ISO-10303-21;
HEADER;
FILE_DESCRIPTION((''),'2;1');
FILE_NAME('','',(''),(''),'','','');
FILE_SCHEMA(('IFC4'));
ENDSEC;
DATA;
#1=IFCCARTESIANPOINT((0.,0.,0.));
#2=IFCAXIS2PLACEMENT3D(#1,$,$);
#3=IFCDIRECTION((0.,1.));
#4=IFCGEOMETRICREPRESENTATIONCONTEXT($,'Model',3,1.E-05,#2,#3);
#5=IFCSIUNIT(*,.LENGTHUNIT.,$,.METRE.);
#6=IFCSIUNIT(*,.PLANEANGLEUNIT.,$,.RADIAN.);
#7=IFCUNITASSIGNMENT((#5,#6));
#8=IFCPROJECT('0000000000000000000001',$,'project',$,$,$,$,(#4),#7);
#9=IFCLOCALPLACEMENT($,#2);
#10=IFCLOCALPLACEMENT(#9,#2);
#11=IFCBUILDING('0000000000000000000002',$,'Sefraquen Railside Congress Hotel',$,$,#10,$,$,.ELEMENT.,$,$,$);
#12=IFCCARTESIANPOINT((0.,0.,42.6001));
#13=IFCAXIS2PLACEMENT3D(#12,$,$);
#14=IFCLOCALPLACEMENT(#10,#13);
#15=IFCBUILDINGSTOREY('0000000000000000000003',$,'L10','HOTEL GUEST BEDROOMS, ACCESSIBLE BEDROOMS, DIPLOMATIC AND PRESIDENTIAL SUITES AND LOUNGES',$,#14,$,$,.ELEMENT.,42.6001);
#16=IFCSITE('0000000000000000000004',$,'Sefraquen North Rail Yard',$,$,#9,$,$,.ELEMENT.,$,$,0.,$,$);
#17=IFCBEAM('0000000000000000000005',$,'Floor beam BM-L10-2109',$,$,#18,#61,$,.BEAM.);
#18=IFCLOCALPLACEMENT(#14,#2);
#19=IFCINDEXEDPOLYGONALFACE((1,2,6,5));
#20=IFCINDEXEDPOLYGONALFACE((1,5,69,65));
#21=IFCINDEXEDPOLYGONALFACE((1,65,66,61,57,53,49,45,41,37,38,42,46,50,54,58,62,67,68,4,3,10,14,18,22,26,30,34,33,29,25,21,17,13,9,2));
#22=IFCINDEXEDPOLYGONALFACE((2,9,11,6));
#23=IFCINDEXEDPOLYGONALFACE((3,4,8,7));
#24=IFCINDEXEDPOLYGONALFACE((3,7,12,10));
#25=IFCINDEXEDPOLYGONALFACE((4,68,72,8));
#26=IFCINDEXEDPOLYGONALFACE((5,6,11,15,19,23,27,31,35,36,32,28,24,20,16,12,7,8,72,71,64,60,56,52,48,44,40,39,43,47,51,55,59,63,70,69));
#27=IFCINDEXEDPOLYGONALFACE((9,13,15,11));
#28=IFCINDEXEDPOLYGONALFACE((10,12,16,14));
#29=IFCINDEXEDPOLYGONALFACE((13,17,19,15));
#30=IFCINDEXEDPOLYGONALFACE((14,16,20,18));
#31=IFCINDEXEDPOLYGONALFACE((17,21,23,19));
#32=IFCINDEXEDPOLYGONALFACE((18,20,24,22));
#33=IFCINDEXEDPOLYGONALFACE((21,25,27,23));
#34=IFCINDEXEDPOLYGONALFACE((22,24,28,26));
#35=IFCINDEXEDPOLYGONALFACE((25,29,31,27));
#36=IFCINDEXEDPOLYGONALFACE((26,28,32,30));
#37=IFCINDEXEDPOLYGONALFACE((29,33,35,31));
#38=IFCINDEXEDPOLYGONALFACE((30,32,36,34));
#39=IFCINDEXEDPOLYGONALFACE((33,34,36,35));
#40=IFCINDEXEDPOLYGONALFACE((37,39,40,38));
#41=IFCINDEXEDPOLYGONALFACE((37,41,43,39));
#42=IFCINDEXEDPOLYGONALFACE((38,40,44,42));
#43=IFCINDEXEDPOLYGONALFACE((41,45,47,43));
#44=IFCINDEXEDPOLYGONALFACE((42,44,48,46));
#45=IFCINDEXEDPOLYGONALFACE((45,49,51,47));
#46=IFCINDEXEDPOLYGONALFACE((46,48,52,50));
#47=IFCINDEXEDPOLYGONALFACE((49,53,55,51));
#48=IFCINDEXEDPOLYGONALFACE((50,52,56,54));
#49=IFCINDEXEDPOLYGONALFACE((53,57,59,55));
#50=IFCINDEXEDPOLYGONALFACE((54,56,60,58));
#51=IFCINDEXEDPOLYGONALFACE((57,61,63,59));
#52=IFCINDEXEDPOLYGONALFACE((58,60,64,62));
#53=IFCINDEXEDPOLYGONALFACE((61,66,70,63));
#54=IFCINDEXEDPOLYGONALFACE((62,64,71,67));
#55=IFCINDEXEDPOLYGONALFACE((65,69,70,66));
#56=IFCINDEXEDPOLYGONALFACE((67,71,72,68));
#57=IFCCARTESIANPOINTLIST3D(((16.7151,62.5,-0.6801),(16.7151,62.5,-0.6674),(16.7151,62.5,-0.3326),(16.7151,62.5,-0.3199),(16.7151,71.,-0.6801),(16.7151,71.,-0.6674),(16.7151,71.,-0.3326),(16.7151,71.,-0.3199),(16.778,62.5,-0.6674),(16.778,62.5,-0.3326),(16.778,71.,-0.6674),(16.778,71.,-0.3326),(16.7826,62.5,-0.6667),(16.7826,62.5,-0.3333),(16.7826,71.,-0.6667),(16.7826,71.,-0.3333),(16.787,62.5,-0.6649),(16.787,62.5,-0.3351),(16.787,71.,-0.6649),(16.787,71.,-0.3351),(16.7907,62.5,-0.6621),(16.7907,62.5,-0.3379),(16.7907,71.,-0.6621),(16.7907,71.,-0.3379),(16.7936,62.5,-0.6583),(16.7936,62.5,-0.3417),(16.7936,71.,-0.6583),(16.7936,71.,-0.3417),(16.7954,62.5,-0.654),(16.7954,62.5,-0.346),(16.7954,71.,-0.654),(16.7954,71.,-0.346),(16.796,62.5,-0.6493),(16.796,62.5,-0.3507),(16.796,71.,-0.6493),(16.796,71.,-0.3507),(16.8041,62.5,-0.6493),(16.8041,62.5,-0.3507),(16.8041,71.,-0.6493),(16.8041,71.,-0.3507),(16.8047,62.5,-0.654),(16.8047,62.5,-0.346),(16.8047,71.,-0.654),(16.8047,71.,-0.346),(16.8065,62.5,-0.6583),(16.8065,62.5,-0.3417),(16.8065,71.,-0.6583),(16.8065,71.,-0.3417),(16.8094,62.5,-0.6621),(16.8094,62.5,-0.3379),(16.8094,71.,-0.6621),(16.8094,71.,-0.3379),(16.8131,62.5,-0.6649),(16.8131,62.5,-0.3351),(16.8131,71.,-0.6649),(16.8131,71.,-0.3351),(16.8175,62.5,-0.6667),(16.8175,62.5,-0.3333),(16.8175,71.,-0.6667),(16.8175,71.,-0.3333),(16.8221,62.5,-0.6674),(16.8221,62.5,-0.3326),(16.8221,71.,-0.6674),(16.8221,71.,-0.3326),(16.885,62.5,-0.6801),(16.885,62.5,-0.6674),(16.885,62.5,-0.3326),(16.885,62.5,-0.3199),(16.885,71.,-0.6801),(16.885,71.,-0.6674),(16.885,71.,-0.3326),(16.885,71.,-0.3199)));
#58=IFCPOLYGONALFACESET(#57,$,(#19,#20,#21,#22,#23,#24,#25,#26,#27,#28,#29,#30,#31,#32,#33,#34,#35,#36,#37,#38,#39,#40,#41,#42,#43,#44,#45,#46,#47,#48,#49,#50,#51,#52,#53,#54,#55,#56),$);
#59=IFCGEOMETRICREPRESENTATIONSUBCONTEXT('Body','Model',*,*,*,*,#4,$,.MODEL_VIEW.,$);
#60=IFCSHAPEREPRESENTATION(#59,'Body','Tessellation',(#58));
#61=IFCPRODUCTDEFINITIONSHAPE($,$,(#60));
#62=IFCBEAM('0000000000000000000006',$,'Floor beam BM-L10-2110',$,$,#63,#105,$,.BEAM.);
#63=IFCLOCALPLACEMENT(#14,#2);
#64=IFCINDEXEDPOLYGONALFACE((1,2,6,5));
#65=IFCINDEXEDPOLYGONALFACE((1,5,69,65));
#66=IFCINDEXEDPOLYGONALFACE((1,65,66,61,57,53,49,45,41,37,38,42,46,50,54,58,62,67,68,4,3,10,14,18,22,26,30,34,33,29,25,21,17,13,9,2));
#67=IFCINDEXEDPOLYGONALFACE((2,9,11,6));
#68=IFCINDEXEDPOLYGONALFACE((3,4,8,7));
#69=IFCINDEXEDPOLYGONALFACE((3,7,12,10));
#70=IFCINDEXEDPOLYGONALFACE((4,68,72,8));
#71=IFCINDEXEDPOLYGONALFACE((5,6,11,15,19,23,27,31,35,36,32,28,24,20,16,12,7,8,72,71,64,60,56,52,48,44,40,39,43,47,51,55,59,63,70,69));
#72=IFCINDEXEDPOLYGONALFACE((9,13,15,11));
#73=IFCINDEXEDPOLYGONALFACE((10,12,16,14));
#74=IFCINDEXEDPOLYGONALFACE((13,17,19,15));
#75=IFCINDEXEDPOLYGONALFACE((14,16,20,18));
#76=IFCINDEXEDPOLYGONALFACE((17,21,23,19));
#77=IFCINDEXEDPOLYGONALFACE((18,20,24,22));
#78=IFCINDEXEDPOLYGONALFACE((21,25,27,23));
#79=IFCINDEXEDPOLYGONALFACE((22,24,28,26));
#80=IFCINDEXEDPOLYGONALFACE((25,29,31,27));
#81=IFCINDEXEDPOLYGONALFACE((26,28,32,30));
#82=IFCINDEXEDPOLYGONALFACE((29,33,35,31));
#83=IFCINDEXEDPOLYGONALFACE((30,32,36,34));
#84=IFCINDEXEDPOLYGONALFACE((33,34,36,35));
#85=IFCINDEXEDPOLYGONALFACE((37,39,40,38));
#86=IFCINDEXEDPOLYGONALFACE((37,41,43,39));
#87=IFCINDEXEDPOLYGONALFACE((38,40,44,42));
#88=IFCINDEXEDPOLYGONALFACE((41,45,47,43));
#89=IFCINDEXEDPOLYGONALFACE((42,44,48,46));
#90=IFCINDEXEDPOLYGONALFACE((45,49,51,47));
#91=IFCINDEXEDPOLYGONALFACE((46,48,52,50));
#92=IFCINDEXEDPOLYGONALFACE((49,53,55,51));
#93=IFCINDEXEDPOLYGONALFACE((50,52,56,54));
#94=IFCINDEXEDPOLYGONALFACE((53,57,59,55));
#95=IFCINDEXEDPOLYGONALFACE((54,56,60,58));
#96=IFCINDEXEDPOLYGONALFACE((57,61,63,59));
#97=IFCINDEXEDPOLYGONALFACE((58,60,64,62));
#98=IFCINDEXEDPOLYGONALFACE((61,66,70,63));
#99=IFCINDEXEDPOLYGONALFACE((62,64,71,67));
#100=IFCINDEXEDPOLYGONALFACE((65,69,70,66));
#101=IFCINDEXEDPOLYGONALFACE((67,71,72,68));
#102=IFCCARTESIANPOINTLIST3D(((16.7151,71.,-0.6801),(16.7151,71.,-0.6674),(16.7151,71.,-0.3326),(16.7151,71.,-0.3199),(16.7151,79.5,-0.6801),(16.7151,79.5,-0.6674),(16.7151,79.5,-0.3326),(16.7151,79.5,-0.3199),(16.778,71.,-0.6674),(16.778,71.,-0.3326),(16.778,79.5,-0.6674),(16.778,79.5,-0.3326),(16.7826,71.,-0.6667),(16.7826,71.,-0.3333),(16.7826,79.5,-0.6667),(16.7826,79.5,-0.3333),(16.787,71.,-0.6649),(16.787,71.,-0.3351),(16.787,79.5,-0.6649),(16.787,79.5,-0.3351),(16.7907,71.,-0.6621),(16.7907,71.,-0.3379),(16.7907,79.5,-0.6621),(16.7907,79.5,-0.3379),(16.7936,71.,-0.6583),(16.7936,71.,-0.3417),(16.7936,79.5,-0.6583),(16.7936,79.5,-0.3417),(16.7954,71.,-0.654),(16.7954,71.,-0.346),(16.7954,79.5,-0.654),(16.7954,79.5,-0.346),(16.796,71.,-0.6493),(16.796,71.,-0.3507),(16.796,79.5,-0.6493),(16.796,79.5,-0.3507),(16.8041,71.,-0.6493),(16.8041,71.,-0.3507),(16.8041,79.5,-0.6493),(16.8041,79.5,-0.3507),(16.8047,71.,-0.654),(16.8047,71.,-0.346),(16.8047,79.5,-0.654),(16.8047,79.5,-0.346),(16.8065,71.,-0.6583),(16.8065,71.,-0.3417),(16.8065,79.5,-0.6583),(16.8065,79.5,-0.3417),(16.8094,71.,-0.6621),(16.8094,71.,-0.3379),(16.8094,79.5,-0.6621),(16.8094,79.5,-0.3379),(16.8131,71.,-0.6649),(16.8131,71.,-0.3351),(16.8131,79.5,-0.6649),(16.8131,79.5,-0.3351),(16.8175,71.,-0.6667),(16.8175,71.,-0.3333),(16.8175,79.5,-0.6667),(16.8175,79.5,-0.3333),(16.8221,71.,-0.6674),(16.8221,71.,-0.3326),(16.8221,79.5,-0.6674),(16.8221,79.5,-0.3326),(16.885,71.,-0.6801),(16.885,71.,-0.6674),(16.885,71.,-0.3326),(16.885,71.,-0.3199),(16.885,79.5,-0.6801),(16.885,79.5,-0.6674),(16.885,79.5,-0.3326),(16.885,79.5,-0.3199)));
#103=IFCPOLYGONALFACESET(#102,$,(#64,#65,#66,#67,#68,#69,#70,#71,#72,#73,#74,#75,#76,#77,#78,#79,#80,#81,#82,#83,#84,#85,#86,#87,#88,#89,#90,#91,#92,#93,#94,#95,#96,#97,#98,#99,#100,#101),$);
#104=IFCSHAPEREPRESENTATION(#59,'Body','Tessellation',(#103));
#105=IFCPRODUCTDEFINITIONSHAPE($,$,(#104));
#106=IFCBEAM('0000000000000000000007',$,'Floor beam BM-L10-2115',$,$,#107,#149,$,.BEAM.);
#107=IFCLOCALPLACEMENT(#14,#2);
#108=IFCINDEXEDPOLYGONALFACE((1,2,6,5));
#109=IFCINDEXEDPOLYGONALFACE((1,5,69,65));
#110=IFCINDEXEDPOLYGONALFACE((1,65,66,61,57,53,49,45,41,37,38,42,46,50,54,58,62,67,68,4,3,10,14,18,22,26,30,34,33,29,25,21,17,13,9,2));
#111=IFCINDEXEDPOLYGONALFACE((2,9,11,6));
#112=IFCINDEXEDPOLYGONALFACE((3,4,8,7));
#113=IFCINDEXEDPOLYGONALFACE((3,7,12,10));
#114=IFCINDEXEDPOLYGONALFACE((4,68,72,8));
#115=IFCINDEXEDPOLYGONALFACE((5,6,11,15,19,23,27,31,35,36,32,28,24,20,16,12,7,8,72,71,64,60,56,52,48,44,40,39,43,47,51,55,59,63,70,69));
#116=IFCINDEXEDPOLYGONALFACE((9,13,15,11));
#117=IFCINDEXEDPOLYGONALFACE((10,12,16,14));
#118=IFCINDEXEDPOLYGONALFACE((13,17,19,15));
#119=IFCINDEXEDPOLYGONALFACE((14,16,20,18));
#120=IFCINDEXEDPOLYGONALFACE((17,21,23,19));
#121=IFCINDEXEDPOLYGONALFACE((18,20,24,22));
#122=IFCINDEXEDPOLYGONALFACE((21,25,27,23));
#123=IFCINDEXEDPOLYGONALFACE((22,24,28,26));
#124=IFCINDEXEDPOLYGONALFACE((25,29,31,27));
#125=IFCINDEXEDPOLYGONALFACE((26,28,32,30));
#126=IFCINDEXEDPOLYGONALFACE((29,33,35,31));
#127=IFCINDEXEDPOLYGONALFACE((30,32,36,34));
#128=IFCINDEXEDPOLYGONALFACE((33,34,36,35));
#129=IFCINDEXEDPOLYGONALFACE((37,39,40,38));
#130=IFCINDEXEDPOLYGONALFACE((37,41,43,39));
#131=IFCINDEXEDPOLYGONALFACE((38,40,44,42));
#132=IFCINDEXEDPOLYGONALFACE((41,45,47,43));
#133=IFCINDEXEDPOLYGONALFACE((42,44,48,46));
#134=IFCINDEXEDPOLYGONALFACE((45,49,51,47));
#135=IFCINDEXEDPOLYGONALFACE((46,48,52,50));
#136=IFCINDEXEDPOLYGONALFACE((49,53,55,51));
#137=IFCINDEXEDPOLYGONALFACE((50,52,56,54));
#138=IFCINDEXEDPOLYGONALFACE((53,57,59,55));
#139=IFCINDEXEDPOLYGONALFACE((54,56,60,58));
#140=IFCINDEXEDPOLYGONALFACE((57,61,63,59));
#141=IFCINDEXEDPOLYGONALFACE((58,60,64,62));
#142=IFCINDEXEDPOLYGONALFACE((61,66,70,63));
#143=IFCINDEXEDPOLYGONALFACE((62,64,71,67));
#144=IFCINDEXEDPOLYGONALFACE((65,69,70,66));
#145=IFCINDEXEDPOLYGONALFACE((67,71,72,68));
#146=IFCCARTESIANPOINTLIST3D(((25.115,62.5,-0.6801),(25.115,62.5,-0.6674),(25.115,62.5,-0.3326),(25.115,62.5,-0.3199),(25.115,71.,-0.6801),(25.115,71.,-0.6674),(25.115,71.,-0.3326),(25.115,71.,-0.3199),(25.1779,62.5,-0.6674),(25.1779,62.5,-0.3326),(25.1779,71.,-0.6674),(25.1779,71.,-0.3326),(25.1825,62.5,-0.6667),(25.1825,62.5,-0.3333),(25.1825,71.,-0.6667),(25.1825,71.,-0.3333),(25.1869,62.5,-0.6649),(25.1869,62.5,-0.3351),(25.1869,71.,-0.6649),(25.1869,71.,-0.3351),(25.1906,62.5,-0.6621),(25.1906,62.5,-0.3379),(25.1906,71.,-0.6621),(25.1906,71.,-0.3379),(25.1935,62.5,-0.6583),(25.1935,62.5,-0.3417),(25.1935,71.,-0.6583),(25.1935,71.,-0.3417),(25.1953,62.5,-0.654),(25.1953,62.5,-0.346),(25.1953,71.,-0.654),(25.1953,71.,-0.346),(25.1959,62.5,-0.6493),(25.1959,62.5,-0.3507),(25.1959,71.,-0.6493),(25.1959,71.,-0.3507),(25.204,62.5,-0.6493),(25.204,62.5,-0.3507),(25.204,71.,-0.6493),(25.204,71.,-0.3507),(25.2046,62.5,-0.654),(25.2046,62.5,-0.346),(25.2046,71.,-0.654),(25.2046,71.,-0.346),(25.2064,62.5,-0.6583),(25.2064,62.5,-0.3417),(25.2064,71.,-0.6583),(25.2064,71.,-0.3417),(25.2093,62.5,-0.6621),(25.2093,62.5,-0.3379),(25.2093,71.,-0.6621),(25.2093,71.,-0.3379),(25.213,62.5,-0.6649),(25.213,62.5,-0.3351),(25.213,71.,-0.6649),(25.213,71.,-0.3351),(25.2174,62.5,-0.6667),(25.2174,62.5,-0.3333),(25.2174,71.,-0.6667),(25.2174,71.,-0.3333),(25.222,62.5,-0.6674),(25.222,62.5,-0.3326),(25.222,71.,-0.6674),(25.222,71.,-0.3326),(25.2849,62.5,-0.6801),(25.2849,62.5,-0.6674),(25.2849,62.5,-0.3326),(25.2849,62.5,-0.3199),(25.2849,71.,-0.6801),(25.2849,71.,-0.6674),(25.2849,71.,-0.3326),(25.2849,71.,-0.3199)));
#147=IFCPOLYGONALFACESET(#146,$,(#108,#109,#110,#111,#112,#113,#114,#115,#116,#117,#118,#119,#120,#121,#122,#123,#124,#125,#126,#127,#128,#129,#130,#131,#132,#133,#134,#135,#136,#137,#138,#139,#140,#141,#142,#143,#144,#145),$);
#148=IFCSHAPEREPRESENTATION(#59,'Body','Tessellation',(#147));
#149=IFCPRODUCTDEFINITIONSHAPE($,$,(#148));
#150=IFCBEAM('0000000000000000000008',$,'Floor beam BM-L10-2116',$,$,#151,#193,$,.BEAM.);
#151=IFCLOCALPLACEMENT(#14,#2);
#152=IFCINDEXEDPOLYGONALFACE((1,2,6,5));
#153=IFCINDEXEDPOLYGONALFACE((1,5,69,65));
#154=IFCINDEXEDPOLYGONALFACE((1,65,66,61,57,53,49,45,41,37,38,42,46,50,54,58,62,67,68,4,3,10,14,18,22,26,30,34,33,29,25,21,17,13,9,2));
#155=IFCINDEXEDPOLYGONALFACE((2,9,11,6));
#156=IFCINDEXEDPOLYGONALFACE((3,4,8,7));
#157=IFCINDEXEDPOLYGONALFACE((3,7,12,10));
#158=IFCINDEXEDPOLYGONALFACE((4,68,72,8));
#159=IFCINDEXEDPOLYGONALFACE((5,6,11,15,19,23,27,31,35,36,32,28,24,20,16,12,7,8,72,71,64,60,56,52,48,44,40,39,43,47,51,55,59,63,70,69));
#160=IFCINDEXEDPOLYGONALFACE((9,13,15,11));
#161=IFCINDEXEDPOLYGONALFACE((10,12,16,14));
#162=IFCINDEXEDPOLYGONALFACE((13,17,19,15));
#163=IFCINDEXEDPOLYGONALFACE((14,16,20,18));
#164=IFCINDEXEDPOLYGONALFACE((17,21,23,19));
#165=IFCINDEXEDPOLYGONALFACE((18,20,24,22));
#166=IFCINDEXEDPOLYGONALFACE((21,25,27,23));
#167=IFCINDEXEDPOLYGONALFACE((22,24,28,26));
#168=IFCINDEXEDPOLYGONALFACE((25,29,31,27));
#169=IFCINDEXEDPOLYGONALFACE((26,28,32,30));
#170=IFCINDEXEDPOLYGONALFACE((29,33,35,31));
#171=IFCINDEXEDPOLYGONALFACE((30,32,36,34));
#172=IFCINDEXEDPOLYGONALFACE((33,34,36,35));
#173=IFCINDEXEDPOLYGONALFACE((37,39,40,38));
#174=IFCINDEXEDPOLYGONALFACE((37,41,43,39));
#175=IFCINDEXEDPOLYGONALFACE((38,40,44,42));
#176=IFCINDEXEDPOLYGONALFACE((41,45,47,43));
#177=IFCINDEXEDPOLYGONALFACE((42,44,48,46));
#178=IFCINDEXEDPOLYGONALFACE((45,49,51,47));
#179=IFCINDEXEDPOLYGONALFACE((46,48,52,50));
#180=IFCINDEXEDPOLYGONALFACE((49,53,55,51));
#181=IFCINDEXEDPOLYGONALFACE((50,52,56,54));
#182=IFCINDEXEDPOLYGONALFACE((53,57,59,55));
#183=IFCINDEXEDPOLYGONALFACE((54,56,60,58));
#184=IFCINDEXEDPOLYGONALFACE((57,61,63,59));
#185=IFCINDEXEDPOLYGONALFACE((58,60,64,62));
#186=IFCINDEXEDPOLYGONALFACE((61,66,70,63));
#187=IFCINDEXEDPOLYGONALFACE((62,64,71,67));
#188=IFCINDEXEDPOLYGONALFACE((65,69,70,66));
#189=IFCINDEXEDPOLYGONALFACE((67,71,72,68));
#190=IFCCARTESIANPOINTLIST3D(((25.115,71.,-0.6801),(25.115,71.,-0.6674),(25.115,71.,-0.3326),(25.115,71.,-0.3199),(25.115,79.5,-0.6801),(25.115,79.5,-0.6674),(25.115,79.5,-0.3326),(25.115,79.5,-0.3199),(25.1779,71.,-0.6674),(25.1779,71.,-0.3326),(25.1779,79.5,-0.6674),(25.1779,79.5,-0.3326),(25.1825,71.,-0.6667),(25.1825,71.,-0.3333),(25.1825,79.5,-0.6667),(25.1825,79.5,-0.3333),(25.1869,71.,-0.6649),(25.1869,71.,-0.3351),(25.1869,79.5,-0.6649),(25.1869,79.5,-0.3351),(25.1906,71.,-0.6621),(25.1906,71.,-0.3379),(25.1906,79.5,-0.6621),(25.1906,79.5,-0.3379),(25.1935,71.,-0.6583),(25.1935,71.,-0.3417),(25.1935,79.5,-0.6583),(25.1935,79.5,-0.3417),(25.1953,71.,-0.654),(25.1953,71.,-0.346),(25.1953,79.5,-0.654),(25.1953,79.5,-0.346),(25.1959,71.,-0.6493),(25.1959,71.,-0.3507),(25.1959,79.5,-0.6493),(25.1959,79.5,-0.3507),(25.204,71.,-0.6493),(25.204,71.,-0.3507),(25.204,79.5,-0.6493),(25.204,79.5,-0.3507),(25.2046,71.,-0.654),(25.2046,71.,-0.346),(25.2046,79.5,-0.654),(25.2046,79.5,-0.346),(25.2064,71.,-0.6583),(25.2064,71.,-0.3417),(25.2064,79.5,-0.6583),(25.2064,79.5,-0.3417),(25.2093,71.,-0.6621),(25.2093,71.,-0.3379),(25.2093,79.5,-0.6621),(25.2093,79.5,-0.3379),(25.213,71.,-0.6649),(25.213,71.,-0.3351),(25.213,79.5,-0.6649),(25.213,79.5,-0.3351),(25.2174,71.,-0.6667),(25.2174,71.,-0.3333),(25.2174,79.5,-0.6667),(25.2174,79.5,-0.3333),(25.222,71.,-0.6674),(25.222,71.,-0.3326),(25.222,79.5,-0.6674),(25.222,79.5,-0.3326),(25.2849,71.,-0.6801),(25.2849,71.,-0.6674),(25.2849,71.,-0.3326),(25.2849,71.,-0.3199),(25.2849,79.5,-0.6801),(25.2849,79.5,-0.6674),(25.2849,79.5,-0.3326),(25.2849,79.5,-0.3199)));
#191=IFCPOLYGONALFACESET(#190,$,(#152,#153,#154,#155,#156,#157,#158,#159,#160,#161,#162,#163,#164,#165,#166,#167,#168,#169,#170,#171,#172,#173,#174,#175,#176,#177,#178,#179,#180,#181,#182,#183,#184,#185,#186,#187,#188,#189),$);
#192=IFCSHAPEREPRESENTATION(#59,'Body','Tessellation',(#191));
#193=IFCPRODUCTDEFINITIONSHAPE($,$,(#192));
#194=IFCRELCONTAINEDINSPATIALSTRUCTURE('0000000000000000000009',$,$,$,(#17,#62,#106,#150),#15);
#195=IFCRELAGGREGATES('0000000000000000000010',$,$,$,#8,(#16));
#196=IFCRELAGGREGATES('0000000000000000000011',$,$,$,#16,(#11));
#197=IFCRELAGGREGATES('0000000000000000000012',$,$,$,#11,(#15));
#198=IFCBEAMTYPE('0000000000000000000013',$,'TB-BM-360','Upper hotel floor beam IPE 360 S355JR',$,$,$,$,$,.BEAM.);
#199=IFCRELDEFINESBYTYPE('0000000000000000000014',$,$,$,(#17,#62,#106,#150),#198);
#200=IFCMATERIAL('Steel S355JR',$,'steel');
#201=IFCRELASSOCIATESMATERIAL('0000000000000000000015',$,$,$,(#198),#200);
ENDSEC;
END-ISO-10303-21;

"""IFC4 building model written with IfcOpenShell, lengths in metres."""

from ifc_helpers import new_model, si_unit, direction, frame, origin, origin_2d, place, context, subcontext, project, spatial, i_section, extrude, material, material_profile, profile_set, type_object, element, save


model = new_model("IFC4")

# Units and contexts
model_context = context("Model", 3, precision=1e-05, world=origin(), true_north=direction((0.0, 1.0)))
body_context = subcontext(model_context, "Body", "Model", "MODEL_VIEW")
ifc_project = project(units=[si_unit("LENGTHUNIT", "METRE"), si_unit("PLANEANGLEUNIT", "RADIAN")], contexts=[model_context])

# Site, building, storey
site_placement = place(None, origin())
site = spatial("IfcSite", under=ifc_project, at=site_placement, Name="Sefraquen North Rail Yard", CompositionType="ELEMENT", RefElevation=0.0)
building_placement = place(site_placement, origin())
building = spatial("IfcBuilding", under=site, at=building_placement, Name="Sefraquen Railside Congress Hotel", CompositionType="ELEMENT")
storey_placement = place(building_placement, frame((0.0, 0.0, 42.6001)))
storey = spatial("IfcBuildingStorey", under=building, at=storey_placement, Name="L10", Description="HOTEL GUEST BEDROOMS, ACCESSIBLE BEDROOMS, DIPLOMATIC AND PRESIDENTIAL SUITES AND LOUNGES", CompositionType="ELEMENT", Elevation=42.6001)

# Beams
ifc_material_1 = material(Name="Steel S355JR", Category="steel")
ifc_material_profile_1 = material_profile(ifc_material_1, i_section(OverallWidth=0.1699, OverallDepth=0.3601, WebThickness=0.0081, FlangeThickness=0.0127, FilletRadius=0.0181, at=origin_2d()), Name="IPE 360")
ifc_profile_set_1 = profile_set([ifc_material_profile_1], Name="Steel S355JR")
beam_type_1 = type_object("IfcBeamType", Name="TB-BM-360", Description="Upper hotel floor beam IPE 360 S355JR", PredefinedType="BEAM", material=ifc_profile_set_1)
for number, where, z_axis, x_axis, name in (
    (1, (16.8, 62.5, -0.5), (0.0, 1.0, 0.0), (-1.0, 0.0, 0.0), "Floor beam BM-L10-2109"),
    (2, (16.8, 71.0, -0.5), (0.0, 1.0, 0.0), (-1.0, 0.0, 0.0), "Floor beam BM-L10-2110"),
    (3, (25.2, 62.5, -0.5), (0.0, 1.0, 0.0), (-1.0, 0.0, 0.0), "Floor beam BM-L10-2115"),
    (4, (25.2, 71.0, -0.5), (0.0, 1.0, 0.0), (-1.0, 0.0, 0.0), "Floor beam BM-L10-2116"),
):
    element("IfcBeam", number, at=place(storey_placement, frame(where, z_axis=z_axis, x_axis=x_axis)), inside=storey, type_object=beam_type_1, Name=name, PredefinedType="BEAM", context=body_context, shape_type="SweptSolid", body=[
        extrude(i_section(OverallWidth=0.1699, OverallDepth=0.3601, WebThickness=0.0081, FlangeThickness=0.0127, FilletRadius=0.0181, at=origin_2d()), origin(), (0.0, 0.0, 1.0), 8.5),
    ])

save(model, "model.ifc")
